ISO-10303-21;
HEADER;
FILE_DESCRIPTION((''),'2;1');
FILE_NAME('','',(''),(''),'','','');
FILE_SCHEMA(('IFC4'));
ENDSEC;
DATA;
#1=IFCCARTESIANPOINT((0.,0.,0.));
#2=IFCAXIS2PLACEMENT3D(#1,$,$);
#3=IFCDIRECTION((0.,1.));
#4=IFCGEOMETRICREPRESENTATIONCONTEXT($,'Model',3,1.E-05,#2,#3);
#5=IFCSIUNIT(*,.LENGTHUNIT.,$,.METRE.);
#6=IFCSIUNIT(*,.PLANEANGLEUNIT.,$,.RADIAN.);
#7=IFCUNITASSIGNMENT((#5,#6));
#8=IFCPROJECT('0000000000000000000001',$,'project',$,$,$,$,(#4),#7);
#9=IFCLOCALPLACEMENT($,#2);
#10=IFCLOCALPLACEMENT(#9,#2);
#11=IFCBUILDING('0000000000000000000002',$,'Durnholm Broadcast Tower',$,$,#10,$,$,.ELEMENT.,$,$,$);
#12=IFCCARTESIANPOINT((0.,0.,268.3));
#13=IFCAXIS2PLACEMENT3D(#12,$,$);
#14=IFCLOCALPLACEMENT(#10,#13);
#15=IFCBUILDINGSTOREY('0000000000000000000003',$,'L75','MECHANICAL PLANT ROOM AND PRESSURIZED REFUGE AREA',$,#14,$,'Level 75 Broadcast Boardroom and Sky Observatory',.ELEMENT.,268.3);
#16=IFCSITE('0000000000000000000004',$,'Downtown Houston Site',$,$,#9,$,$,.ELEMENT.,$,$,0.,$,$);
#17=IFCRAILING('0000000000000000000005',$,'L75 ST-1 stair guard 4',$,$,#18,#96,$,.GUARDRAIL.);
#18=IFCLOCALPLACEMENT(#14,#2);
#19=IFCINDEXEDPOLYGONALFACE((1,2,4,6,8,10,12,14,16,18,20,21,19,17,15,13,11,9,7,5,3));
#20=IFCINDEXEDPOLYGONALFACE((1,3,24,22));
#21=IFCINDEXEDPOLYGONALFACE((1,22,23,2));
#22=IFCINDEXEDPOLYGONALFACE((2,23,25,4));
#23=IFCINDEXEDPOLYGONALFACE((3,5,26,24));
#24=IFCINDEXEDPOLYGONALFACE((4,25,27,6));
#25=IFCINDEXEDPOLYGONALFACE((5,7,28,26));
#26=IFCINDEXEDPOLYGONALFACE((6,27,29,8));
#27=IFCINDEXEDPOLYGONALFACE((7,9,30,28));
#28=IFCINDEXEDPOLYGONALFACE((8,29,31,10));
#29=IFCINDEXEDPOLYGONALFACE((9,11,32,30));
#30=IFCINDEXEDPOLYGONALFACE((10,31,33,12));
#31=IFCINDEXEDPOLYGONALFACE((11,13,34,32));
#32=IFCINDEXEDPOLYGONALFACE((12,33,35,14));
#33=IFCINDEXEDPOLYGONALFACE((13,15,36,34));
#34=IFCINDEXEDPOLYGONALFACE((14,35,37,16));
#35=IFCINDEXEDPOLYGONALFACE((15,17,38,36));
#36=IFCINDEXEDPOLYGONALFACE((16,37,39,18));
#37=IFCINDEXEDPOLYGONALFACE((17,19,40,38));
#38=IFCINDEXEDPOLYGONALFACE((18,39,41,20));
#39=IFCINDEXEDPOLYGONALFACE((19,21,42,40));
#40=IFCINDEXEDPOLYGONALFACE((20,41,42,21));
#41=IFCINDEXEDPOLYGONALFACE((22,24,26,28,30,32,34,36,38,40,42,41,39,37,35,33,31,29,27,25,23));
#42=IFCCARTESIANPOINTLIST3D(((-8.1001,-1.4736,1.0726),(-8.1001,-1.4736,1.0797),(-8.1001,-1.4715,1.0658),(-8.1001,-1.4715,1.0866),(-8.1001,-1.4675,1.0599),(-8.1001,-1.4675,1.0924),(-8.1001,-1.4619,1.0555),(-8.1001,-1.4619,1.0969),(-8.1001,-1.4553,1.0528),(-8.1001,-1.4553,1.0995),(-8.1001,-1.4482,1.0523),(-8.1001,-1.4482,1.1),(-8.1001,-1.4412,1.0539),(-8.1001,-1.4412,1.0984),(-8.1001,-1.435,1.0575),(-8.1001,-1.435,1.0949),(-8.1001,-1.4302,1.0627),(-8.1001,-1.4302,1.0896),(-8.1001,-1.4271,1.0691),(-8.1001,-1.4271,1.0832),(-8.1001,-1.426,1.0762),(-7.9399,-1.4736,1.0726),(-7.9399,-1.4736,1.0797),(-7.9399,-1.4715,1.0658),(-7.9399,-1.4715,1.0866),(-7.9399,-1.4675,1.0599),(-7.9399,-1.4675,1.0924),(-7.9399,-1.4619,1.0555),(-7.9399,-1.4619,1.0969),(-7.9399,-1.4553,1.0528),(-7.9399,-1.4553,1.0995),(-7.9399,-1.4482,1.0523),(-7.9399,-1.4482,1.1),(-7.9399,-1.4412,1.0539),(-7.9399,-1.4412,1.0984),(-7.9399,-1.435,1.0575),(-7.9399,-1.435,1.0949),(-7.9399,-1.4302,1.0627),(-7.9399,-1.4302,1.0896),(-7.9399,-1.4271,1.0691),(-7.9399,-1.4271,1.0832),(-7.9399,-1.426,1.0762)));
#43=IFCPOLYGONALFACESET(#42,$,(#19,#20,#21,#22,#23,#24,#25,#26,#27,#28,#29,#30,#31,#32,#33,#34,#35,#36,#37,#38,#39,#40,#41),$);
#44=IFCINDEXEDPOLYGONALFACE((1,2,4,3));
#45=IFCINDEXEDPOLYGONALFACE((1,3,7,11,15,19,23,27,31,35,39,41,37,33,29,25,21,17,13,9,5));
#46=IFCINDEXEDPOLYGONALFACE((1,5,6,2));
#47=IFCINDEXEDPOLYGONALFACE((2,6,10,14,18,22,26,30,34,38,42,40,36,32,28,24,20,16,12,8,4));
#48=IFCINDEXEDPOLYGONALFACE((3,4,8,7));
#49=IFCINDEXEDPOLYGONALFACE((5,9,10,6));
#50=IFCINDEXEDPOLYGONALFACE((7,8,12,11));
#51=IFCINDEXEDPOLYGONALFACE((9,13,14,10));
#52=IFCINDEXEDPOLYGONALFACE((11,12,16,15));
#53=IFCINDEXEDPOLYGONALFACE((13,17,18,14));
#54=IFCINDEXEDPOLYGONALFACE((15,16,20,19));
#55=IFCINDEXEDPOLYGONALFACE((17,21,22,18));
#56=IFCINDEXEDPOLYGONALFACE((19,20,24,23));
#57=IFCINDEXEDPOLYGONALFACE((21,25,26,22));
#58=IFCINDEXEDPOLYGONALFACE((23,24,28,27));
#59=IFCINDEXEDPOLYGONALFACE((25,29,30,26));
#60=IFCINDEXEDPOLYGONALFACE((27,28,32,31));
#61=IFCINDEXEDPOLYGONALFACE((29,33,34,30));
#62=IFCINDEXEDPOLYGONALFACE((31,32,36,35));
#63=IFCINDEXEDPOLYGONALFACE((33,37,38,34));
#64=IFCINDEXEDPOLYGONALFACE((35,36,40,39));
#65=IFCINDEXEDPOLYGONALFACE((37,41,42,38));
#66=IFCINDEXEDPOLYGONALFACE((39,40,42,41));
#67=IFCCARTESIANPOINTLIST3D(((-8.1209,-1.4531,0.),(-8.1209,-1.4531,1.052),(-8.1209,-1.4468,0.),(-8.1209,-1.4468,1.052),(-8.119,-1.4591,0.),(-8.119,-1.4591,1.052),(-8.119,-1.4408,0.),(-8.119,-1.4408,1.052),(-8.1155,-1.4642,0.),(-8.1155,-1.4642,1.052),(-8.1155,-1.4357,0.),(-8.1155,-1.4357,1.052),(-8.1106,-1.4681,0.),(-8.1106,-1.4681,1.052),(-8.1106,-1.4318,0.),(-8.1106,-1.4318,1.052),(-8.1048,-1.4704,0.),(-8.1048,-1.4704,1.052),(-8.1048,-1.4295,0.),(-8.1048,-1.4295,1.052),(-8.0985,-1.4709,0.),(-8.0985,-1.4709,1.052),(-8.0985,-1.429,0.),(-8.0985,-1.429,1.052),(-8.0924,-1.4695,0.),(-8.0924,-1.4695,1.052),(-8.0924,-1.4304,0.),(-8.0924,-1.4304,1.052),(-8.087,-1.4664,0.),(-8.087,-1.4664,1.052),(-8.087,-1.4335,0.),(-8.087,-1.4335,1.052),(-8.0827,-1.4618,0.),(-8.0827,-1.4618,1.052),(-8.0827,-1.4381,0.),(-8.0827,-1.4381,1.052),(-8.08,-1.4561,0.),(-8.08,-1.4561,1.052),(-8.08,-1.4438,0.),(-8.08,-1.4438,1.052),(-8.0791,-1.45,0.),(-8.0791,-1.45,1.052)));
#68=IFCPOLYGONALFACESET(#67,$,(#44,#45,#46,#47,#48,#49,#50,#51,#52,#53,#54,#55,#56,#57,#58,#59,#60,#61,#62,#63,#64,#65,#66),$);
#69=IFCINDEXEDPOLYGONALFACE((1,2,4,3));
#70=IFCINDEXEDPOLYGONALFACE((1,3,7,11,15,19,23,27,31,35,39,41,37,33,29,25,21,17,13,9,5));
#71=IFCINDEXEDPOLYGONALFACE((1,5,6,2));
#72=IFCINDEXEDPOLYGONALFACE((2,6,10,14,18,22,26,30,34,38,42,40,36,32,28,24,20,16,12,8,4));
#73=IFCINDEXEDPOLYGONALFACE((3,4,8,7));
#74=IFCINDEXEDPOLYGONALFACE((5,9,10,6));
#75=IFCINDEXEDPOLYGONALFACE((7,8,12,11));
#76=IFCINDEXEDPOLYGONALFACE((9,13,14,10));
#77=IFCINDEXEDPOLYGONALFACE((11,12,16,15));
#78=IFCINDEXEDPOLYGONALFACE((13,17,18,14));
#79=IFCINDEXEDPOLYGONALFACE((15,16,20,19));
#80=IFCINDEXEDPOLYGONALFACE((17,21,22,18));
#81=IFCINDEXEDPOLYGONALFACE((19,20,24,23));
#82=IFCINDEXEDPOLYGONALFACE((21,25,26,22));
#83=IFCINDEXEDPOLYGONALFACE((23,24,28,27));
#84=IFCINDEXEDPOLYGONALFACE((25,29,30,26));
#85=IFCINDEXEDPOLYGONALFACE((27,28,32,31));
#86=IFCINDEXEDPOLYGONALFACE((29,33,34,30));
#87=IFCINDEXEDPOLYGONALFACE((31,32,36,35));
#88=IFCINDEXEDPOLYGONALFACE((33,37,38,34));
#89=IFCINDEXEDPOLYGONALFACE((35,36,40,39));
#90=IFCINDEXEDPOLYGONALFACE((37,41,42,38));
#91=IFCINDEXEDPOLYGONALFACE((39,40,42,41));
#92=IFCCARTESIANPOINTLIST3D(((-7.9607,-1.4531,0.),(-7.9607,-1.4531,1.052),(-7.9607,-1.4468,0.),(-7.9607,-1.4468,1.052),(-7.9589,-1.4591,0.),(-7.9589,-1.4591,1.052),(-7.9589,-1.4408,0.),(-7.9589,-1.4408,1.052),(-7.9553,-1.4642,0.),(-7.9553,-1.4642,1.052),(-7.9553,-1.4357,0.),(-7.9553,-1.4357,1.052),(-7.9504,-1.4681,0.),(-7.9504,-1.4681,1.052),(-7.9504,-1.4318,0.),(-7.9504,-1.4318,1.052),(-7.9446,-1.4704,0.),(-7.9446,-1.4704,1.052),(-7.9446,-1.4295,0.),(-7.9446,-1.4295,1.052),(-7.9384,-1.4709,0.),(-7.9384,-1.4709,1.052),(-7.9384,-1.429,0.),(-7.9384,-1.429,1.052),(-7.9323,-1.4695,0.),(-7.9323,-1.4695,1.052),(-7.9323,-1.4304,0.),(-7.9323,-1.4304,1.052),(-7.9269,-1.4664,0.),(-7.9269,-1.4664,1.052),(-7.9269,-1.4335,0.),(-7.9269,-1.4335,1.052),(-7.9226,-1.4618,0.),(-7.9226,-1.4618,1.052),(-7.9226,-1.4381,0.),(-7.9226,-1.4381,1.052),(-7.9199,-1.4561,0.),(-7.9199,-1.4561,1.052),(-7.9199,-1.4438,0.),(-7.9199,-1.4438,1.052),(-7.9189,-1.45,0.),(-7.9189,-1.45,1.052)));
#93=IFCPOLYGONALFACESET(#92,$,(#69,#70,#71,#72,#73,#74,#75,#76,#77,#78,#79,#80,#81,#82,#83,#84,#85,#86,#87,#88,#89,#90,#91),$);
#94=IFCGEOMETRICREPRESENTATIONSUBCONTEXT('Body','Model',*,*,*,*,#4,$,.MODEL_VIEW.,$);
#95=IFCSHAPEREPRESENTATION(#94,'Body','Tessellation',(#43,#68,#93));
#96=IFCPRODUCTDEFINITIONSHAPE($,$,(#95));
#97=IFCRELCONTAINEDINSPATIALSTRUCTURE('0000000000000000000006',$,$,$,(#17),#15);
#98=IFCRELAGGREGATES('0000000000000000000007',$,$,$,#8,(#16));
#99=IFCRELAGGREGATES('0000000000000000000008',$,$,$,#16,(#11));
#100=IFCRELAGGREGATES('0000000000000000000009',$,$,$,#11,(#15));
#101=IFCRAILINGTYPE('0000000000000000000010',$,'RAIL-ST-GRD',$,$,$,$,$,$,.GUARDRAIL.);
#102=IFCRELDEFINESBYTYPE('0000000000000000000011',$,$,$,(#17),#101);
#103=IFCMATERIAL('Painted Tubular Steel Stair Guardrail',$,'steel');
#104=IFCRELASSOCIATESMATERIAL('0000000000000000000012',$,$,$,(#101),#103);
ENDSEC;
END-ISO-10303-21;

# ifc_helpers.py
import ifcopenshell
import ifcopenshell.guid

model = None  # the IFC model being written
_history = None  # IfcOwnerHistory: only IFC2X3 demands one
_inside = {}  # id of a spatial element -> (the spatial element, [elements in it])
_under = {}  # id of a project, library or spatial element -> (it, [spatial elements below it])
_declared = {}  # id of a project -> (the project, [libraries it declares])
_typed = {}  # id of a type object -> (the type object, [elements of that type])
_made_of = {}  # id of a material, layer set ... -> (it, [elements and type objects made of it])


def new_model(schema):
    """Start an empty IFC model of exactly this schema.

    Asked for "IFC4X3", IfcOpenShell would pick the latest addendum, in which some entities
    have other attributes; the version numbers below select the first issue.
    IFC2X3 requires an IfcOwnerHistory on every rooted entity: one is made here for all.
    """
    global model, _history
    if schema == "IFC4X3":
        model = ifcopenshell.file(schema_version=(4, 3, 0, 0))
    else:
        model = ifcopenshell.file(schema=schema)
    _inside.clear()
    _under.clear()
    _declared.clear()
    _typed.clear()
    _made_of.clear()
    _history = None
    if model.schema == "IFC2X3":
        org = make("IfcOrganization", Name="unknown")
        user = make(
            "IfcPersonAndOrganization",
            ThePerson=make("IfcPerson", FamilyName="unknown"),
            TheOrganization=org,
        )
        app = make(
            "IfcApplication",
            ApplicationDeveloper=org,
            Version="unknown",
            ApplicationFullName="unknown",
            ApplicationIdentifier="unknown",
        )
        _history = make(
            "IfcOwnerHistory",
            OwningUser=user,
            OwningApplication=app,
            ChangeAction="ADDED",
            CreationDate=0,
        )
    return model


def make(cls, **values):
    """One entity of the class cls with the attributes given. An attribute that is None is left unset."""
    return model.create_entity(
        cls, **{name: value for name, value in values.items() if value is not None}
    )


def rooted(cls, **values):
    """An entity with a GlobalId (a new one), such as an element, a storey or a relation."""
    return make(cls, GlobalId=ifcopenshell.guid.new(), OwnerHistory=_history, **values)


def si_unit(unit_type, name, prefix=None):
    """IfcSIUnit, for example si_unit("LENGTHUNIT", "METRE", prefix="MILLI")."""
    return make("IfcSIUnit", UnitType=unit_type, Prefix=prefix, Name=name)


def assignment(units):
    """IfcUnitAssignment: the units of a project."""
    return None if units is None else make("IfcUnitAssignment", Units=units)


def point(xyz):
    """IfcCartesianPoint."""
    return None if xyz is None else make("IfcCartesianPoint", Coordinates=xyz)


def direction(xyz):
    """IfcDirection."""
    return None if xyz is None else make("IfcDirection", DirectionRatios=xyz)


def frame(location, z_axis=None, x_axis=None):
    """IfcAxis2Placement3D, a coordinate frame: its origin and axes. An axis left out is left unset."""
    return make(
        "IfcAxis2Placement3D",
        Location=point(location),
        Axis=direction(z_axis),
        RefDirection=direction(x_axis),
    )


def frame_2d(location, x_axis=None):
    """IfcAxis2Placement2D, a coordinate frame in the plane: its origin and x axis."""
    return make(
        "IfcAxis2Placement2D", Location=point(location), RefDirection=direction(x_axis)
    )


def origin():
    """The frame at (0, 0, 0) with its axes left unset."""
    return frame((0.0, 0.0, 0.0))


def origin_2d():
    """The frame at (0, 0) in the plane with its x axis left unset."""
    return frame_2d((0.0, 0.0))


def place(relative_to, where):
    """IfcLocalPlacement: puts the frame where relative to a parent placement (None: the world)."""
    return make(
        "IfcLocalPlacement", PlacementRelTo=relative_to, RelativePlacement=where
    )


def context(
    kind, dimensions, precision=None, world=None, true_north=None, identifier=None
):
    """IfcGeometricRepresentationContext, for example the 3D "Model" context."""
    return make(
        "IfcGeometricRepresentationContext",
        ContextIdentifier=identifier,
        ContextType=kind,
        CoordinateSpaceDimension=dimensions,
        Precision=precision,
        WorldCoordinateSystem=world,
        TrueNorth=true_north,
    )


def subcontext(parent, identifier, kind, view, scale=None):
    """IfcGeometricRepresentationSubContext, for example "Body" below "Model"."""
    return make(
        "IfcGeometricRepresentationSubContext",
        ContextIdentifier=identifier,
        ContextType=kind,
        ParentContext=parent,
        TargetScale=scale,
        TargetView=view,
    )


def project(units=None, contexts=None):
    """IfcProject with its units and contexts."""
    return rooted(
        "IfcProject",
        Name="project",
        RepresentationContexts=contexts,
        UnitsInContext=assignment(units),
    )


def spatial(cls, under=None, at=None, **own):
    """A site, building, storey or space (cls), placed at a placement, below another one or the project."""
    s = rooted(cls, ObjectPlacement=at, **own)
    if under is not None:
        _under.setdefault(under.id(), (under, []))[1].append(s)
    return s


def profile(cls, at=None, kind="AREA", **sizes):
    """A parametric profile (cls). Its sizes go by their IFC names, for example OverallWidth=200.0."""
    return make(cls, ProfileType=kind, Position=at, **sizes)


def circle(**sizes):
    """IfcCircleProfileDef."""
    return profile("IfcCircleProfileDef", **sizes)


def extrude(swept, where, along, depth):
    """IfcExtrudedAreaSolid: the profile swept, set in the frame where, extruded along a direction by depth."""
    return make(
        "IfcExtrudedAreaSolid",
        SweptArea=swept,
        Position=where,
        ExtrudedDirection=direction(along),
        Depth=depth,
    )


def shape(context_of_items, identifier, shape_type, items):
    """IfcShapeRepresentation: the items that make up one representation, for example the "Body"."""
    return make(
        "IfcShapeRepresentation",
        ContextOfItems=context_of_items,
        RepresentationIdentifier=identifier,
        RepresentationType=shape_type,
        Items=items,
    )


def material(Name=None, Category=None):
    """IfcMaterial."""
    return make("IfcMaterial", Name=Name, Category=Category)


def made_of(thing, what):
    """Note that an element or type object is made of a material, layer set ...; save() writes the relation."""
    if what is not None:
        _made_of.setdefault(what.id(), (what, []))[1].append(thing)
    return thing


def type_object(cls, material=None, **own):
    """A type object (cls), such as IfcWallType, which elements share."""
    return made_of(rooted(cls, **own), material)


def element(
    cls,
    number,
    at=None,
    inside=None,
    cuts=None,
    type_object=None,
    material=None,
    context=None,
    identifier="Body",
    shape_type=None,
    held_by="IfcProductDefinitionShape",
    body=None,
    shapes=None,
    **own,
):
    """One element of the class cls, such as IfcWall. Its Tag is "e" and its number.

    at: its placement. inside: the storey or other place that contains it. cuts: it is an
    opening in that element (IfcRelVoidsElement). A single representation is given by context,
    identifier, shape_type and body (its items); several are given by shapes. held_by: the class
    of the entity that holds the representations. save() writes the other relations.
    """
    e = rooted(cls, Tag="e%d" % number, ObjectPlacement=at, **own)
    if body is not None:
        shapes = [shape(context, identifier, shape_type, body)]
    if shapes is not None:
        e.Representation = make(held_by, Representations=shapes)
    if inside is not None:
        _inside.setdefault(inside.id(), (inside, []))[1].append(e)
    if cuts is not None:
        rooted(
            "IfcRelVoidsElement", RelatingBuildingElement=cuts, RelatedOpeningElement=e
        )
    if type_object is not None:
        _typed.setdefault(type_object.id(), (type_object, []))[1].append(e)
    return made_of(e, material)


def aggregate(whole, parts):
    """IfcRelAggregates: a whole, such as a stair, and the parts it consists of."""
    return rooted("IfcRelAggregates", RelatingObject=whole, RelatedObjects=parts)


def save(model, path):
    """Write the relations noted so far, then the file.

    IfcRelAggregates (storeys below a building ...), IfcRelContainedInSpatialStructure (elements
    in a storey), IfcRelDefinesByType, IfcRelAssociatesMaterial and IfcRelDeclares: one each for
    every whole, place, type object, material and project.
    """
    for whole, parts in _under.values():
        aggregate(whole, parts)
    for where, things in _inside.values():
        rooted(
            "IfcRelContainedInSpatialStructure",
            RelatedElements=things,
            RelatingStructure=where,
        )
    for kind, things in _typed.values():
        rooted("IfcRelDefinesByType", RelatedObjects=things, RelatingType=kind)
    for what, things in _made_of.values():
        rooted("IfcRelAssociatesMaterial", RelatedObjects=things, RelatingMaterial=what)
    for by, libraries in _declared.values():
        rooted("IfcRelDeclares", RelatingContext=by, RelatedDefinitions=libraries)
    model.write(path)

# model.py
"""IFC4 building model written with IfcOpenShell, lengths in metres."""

from ifc_helpers import new_model, si_unit, direction, frame, origin, origin_2d, place, context, subcontext, project, spatial, circle, extrude, material, type_object, element, save


model = new_model("IFC4")

# Units and contexts
model_context = context("Model", 3, precision=1e-05, world=origin(), true_north=direction((0.0, 1.0)))
body_context = subcontext(model_context, "Body", "Model", "MODEL_VIEW")
ifc_project = project(units=[si_unit("LENGTHUNIT", "METRE"), si_unit("PLANEANGLEUNIT", "RADIAN")], contexts=[model_context])

# Site, building, storey
site_placement = place(None, origin())
site = spatial("IfcSite", under=ifc_project, at=site_placement, Name="Downtown Houston Site", CompositionType="ELEMENT", RefElevation=0.0)
building_placement = place(site_placement, origin())
building = spatial("IfcBuilding", under=site, at=building_placement, Name="Durnholm Broadcast Tower", CompositionType="ELEMENT")
storey_placement = place(building_placement, frame((0.0, 0.0, 268.3)))
storey = spatial("IfcBuildingStorey", under=building, at=storey_placement, Name="L75", Description="MECHANICAL PLANT ROOM AND PRESSURIZED REFUGE AREA", LongName="Level 75 Broadcast Boardroom and Sky Observatory", CompositionType="ELEMENT", Elevation=268.3)

# Railing
ifc_material_1 = material(Name="Painted Tubular Steel Stair Guardrail", Category="steel")
railing_type_1 = type_object("IfcRailingType", Name="RAIL-ST-GRD", PredefinedType="GUARDRAIL", material=ifc_material_1)
railing_1_placement = place(storey_placement, frame((-8.1001, -1.45, 0.0)))
element("IfcRailing", 1, at=railing_1_placement, inside=storey, type_object=railing_type_1, Name="L75 ST-1 stair guard 4", PredefinedType="GUARDRAIL", context=body_context, shape_type="SweptSolid", body=[
    extrude(circle(Radius=0.0239, at=origin_2d()), frame((0.0, 0.0, 1.0762), z_axis=(1.0, 0.0, 0.0), x_axis=(0.0, 1.0, 0.0)), (0.0, 0.0, 1.0), 0.1602),
    extrude(circle(Radius=0.021, at=origin_2d()), origin(), (0.0, 0.0, 1.0), 1.052),
    extrude(circle(Radius=0.021, at=origin_2d()), frame((0.1602, 0.0, 0.0)), (0.0, 0.0, 1.0), 1.052),
])

save(model, "model.ifc")
